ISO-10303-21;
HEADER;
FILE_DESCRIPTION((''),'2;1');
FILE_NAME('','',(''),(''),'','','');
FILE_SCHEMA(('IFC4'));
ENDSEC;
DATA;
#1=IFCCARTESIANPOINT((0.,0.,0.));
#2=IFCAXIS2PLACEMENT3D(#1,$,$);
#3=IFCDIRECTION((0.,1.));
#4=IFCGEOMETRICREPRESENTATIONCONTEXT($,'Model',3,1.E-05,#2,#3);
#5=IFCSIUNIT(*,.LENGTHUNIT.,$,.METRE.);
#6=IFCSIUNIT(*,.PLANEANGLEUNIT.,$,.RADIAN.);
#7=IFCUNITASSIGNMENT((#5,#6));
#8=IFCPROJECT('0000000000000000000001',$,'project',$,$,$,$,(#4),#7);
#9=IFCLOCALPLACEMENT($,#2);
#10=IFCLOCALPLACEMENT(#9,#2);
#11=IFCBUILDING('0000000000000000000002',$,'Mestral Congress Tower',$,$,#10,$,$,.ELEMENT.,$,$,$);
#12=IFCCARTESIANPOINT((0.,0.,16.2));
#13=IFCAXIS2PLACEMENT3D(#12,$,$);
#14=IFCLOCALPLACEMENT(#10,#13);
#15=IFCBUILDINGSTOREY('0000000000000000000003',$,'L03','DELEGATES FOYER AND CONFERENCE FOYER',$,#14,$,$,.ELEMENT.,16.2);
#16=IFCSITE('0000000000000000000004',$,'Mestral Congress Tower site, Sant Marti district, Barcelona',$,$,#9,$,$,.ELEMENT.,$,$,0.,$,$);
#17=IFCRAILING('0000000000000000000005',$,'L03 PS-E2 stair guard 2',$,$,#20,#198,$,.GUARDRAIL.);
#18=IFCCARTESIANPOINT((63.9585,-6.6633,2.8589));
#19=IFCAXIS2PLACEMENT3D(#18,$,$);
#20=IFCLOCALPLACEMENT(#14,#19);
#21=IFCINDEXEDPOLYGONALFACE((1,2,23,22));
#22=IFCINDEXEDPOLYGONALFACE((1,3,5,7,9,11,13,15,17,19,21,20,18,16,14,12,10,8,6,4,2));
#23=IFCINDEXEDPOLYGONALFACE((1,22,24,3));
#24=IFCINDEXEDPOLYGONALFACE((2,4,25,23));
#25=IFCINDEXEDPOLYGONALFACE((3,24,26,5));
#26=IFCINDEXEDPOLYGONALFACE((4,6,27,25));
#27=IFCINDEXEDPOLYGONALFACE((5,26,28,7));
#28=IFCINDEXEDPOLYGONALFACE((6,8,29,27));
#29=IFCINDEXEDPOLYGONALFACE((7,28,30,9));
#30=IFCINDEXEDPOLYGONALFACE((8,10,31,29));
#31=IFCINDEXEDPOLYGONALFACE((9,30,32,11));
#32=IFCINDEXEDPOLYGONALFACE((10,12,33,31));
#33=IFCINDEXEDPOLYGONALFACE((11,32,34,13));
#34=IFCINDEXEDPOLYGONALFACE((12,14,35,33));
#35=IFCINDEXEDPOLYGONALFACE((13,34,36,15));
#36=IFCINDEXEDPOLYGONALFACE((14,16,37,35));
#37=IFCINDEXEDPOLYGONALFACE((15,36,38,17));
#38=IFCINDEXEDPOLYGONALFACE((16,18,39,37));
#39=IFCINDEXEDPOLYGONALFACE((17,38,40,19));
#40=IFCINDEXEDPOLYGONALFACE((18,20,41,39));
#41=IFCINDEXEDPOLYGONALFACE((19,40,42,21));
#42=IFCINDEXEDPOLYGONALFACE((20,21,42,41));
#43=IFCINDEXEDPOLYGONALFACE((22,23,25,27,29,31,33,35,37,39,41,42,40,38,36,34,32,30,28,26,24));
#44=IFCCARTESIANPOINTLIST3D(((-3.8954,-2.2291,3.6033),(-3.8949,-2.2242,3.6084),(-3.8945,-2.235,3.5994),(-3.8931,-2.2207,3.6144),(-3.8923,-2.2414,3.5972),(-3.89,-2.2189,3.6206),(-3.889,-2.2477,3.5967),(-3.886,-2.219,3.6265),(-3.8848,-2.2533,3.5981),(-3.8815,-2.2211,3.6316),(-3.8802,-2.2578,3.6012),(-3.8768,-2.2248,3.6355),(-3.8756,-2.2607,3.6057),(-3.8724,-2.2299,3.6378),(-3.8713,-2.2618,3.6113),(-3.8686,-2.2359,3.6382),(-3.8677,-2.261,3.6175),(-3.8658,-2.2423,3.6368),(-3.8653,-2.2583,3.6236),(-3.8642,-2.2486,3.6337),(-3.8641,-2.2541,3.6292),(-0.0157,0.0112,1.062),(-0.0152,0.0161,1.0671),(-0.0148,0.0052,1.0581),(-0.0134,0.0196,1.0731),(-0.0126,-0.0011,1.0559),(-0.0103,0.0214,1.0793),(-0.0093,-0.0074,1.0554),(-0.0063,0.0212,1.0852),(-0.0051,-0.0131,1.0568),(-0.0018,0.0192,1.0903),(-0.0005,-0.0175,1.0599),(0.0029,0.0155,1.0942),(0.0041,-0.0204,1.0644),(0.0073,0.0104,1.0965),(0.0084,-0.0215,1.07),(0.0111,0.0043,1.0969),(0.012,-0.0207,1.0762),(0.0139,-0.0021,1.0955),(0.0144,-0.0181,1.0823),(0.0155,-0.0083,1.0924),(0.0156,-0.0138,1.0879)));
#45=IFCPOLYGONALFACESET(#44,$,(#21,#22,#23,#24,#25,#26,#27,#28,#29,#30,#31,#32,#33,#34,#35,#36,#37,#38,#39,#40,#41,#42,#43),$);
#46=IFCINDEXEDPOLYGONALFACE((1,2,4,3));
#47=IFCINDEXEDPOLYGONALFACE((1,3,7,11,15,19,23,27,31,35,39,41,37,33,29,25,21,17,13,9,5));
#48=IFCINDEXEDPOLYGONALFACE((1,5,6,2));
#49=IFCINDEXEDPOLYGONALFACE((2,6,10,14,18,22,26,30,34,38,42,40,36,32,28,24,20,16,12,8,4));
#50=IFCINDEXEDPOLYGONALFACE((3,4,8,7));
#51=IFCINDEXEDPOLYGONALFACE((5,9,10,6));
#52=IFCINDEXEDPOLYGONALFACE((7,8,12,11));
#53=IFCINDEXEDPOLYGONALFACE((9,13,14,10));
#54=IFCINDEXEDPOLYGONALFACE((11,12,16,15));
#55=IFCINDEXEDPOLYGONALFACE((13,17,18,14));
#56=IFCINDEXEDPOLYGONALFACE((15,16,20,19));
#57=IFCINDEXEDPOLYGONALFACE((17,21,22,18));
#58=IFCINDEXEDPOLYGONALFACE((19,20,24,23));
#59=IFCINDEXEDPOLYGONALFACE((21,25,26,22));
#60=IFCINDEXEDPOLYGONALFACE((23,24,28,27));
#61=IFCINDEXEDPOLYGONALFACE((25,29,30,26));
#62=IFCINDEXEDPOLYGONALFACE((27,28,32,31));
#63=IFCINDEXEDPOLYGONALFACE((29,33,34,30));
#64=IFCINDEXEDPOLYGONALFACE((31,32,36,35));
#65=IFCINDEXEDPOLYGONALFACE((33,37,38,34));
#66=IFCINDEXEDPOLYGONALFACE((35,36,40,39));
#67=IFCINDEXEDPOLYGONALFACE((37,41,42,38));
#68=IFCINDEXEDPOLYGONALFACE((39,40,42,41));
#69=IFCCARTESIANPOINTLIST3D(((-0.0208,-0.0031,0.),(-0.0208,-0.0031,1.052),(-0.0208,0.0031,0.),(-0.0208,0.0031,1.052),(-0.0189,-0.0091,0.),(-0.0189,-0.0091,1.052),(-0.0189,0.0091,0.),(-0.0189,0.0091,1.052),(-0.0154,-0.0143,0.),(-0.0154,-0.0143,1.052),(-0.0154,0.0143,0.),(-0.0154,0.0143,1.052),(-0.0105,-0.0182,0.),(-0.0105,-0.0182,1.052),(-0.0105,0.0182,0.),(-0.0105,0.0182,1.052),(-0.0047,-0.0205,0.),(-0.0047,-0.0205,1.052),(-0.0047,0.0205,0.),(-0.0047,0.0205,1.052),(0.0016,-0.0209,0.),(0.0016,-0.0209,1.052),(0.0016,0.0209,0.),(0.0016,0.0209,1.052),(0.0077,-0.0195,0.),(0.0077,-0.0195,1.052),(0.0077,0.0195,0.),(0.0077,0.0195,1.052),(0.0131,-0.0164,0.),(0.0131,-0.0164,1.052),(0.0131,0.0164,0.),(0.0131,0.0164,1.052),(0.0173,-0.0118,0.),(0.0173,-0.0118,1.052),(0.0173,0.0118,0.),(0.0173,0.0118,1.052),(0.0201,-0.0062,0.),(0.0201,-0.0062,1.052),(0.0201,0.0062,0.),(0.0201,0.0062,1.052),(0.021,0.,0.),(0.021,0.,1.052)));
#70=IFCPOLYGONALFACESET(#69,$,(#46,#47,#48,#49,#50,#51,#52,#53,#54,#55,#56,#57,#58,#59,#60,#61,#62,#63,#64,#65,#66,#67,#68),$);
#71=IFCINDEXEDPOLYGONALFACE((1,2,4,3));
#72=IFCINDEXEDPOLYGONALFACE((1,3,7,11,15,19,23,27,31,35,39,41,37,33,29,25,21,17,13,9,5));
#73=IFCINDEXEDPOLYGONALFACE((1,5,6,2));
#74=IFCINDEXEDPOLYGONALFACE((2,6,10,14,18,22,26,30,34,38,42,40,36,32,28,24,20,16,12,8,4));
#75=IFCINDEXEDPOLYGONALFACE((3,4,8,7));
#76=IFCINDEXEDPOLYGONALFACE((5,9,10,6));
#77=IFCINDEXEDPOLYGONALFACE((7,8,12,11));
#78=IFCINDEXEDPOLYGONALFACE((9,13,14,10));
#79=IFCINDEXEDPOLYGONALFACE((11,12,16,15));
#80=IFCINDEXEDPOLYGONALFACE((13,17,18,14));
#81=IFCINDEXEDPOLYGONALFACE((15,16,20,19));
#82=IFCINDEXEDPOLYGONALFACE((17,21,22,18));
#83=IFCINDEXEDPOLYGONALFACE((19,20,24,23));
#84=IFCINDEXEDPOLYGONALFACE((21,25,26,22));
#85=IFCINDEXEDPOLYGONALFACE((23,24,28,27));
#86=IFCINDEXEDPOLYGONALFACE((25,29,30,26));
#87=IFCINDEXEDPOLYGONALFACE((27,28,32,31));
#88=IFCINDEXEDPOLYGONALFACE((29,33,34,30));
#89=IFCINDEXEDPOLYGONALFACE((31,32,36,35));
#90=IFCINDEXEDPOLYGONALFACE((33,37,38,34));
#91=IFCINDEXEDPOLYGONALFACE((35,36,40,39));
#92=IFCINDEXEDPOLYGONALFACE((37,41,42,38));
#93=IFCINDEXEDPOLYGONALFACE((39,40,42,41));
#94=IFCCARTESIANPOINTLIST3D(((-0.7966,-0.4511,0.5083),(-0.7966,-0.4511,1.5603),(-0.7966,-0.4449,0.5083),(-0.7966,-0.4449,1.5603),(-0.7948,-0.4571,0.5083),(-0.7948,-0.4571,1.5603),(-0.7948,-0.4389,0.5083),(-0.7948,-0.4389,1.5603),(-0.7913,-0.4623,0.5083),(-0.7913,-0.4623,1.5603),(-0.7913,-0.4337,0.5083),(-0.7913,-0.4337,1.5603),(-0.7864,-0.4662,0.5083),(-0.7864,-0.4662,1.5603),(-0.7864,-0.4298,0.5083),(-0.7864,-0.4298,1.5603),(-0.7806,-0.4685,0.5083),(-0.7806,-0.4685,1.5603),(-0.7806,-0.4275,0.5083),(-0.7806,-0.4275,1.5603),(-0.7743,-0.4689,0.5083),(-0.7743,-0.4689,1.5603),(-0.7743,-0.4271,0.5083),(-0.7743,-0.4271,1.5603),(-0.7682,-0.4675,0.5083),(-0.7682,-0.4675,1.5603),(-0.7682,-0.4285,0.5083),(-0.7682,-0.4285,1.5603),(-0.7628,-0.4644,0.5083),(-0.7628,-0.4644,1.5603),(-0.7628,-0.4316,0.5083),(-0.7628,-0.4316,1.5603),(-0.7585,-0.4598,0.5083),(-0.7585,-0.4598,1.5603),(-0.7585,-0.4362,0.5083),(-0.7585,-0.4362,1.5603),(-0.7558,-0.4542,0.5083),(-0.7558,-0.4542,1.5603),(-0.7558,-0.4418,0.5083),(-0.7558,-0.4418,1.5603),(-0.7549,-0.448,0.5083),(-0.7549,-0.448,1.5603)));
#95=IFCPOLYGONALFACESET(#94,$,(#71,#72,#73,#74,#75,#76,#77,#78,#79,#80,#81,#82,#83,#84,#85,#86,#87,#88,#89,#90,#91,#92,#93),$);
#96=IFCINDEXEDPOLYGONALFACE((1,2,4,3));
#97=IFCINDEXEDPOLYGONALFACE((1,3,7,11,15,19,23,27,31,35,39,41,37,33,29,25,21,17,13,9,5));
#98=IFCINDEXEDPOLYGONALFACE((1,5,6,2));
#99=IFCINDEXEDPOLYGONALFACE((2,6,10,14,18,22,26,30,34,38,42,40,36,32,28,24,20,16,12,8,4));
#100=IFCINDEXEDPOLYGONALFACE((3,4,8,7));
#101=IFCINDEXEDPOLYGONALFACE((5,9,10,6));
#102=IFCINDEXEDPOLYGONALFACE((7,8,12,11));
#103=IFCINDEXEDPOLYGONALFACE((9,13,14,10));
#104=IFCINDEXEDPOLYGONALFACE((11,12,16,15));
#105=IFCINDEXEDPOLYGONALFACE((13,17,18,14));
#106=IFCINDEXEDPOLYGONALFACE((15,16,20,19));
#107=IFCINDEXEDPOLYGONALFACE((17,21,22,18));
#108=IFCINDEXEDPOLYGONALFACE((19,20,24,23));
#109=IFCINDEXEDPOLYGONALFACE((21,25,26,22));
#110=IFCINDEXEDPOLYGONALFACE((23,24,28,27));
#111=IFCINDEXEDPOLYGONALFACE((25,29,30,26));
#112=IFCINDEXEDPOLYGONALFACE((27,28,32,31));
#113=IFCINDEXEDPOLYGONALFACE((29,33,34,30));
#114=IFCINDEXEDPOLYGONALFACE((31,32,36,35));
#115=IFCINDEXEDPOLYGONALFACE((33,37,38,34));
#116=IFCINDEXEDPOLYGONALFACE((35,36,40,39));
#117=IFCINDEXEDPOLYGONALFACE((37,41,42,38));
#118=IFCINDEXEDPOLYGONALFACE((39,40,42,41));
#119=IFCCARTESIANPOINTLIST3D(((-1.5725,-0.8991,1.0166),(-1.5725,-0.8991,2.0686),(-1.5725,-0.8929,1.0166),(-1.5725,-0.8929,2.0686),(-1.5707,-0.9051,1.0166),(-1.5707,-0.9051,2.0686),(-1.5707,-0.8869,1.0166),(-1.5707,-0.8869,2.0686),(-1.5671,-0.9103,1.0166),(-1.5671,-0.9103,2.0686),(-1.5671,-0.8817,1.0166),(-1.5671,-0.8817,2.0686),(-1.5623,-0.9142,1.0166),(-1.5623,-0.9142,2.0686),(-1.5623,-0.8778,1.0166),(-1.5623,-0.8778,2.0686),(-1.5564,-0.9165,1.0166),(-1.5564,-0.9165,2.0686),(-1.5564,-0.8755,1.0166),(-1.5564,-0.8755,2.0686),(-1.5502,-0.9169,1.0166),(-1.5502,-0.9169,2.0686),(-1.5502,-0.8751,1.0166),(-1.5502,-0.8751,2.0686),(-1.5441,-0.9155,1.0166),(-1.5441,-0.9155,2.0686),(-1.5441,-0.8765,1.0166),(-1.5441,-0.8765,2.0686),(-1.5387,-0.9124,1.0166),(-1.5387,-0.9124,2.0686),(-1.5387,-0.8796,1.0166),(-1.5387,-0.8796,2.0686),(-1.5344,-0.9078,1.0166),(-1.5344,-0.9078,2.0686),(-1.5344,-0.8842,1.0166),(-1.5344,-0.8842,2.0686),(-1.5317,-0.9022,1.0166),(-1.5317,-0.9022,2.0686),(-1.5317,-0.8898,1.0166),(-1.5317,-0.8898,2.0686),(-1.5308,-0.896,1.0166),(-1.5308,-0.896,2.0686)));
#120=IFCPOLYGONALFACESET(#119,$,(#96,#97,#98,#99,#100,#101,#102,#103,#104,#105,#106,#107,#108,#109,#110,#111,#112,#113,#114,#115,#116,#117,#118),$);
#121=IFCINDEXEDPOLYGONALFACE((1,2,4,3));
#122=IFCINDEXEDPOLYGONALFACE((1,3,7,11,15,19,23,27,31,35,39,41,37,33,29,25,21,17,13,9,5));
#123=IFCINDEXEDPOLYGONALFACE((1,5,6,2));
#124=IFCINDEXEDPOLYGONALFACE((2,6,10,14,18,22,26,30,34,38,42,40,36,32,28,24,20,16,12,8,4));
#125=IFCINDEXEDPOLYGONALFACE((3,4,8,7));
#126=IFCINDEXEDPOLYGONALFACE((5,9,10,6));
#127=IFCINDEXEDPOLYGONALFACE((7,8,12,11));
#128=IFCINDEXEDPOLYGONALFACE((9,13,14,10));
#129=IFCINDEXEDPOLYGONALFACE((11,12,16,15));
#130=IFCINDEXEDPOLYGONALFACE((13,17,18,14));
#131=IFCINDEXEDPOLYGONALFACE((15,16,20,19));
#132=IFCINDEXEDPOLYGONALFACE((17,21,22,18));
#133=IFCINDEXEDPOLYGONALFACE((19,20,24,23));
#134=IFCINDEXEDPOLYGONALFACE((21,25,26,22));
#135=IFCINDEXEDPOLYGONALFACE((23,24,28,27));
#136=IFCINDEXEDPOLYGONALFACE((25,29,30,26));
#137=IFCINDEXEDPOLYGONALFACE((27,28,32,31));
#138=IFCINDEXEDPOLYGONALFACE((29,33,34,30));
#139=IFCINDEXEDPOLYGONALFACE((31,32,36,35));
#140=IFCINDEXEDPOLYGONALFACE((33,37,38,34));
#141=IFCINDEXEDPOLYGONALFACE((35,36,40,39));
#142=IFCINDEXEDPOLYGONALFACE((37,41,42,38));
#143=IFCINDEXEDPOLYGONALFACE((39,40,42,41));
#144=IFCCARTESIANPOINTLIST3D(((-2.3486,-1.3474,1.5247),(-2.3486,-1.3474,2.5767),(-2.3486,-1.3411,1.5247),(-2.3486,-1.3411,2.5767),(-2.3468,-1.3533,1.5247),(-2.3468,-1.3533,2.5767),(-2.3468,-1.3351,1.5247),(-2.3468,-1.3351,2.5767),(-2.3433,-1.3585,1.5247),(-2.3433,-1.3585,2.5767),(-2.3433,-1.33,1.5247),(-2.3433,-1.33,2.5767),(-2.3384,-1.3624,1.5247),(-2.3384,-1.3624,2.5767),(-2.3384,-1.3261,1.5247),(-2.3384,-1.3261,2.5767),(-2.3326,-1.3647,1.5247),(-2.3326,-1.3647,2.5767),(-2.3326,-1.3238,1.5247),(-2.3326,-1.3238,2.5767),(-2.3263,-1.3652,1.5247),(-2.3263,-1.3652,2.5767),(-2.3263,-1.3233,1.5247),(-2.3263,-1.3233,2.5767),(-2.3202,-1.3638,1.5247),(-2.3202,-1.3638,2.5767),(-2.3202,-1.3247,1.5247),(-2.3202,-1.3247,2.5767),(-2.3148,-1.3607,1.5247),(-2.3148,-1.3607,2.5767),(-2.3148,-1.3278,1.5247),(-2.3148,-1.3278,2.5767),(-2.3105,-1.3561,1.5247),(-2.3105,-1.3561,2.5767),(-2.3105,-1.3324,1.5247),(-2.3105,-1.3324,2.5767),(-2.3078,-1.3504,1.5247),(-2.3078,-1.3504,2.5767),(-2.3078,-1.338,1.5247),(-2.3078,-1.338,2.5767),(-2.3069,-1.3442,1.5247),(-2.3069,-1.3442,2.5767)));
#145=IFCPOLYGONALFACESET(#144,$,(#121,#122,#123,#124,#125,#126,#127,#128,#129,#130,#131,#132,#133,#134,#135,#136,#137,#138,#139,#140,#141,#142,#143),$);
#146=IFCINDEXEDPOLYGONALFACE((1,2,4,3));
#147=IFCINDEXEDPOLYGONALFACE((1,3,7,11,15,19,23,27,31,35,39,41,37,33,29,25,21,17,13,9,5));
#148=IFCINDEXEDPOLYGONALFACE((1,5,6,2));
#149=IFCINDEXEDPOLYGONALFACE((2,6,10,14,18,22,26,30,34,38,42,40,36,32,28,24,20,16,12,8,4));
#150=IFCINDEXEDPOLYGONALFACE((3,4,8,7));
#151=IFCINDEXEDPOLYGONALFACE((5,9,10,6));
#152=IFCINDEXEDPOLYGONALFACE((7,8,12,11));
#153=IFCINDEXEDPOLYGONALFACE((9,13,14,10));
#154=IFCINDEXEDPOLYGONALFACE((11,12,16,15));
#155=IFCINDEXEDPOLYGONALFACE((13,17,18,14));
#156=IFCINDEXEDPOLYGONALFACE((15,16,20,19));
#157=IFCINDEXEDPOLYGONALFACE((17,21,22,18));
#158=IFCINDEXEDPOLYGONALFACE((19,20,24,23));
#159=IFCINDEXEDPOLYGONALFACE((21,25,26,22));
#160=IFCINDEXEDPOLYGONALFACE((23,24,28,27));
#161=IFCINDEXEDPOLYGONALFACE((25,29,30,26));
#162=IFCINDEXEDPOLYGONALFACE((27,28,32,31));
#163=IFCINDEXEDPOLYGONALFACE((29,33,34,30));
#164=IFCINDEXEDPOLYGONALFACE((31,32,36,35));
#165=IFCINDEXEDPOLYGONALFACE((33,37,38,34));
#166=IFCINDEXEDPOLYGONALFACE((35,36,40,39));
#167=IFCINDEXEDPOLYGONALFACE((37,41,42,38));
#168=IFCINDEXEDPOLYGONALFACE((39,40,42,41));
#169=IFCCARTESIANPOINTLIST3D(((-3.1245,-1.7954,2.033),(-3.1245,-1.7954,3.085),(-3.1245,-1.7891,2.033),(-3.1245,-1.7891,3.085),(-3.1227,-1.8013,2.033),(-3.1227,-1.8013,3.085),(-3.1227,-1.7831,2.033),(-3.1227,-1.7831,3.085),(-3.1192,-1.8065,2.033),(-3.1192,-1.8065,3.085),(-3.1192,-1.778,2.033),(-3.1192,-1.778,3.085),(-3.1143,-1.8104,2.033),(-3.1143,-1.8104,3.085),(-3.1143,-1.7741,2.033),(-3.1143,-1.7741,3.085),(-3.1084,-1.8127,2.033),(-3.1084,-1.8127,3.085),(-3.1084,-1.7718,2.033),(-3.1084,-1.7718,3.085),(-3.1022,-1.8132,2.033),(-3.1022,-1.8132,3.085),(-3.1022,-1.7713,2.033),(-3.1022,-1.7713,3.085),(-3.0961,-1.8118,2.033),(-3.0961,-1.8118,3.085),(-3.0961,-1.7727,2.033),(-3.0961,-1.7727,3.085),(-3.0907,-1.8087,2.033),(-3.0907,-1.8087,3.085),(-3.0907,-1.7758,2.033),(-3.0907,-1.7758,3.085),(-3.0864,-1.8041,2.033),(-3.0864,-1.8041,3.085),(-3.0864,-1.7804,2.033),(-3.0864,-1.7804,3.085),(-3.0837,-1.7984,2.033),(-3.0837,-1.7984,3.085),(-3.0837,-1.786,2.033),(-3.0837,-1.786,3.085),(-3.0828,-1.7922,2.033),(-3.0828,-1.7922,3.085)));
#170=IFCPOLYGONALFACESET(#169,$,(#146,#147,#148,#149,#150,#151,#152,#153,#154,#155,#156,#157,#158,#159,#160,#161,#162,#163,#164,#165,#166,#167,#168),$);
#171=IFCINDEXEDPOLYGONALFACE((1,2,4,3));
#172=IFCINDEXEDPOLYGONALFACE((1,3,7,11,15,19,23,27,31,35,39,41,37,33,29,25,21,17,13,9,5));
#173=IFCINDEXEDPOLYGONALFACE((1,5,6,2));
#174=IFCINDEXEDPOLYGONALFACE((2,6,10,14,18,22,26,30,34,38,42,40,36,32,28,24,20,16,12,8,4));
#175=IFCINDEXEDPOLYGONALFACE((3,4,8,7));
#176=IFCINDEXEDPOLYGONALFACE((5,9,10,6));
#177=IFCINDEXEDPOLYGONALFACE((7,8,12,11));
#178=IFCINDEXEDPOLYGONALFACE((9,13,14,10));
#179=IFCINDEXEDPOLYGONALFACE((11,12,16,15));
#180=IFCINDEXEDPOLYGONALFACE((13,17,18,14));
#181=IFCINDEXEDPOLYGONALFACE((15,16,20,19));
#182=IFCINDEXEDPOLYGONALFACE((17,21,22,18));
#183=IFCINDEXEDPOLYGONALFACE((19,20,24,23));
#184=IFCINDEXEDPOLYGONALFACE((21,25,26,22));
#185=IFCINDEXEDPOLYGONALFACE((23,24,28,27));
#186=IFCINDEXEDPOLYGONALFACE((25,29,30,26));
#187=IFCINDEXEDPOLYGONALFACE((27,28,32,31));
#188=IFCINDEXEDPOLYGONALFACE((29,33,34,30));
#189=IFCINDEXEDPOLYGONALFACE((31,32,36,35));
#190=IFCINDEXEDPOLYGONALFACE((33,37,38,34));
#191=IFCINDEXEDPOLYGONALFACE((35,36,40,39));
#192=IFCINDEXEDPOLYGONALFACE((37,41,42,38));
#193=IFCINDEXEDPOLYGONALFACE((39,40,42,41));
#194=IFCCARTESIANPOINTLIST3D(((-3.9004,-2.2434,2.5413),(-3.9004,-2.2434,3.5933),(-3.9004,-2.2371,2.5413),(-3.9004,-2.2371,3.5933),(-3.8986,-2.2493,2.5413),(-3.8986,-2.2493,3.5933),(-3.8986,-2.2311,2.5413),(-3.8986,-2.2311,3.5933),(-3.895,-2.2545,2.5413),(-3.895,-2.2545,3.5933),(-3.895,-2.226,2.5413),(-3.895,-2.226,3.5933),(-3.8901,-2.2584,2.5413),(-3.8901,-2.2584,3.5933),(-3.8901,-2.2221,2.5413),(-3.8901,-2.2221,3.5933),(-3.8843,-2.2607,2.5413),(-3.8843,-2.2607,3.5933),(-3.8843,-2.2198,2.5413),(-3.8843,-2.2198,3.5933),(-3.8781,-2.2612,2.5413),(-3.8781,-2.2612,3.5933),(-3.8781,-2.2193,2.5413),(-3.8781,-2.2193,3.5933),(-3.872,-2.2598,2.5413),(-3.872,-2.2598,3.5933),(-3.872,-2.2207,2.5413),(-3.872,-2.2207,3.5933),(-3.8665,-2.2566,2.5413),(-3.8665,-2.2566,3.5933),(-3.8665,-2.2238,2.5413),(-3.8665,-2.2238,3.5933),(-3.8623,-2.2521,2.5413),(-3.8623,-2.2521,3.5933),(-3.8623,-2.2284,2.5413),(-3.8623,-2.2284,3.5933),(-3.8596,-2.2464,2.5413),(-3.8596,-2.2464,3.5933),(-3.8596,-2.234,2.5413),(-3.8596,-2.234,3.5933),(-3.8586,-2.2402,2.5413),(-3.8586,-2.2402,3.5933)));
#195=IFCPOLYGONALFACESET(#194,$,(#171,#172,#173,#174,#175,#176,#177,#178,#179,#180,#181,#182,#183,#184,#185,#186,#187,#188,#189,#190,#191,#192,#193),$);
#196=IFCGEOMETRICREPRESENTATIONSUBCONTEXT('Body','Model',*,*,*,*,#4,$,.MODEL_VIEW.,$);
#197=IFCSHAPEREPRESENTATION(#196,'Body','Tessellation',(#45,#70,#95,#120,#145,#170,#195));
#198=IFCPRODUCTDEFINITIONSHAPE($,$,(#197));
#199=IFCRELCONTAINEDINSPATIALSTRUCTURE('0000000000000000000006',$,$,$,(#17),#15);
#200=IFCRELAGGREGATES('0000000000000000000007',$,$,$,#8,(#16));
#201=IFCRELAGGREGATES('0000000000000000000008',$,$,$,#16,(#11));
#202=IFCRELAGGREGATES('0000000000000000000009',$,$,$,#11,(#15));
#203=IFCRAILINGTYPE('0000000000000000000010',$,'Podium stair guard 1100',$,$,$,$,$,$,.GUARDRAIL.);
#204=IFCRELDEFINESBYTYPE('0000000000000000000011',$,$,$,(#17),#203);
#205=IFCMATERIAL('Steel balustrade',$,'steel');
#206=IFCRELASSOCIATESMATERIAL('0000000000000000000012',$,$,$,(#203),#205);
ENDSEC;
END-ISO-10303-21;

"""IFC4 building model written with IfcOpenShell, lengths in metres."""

from ifc_helpers import new_model, si_unit, direction, frame, origin, origin_2d, place, context, subcontext, project, spatial, circle, extrude, material, type_object, element, save


model = new_model("IFC4")

# Units and contexts
model_context = context("Model", 3, precision=1e-05, world=origin(), true_north=direction((0.0, 1.0)))
body_context = subcontext(model_context, "Body", "Model", "MODEL_VIEW")
ifc_project = project(units=[si_unit("LENGTHUNIT", "METRE"), si_unit("PLANEANGLEUNIT", "RADIAN")], contexts=[model_context])

# Site, building, storey
site_placement = place(None, origin())
site = spatial("IfcSite", under=ifc_project, at=site_placement, Name="Mestral Congress Tower site, Sant Marti district, Barcelona", CompositionType="ELEMENT", RefElevation=0.0)
building_placement = place(site_placement, origin())
building = spatial("IfcBuilding", under=site, at=building_placement, Name="Mestral Congress Tower", CompositionType="ELEMENT")
storey_placement = place(building_placement, frame((0.0, 0.0, 16.2)))
storey = spatial("IfcBuildingStorey", under=building, at=storey_placement, Name="L03", Description="DELEGATES FOYER AND CONFERENCE FOYER", CompositionType="ELEMENT", Elevation=16.2)

# Railing
ifc_material_1 = material(Name="Steel balustrade", Category="steel")
railing_type_1 = type_object("IfcRailingType", Name="Podium stair guard 1100", PredefinedType="GUARDRAIL", material=ifc_material_1)
railing_1_placement = place(storey_placement, frame((63.9585, -6.6633, 2.8589)))
element("IfcRailing", 1, at=railing_1_placement, inside=storey, type_object=railing_type_1, Name="L03 PS-E2 stair guard 2", PredefinedType="GUARDRAIL", context=body_context, shape_type="SweptSolid", body=[
    extrude(circle(Radius=0.0239, at=origin_2d()), frame((0.0, 0.0, 1.0762), z_axis=(-0.753246, -0.43495, 0.493395), x_axis=(0.500054, -0.865994, 0.0)), (0.0, 0.0, 1.0), 5.1506),
    extrude(circle(Radius=0.021, at=origin_2d()), origin(), (0.0, 0.0, 1.0), 1.052),
    extrude(circle(Radius=0.021, at=origin_2d()), frame((-0.7759, -0.448, 0.5083)), (0.0, 0.0, 1.0), 1.052),
    extrude(circle(Radius=0.021, at=origin_2d()), frame((-1.5518, -0.896, 1.0166)), (0.0, 0.0, 1.0), 1.052),
    extrude(circle(Radius=0.021, at=origin_2d()), frame((-2.3279, -1.3442, 1.5247)), (0.0, 0.0, 1.0), 1.052),
    extrude(circle(Radius=0.021, at=origin_2d()), frame((-3.1038, -1.7922, 2.033)), (0.0, 0.0, 1.0), 1.052),
    extrude(circle(Radius=0.021, at=origin_2d()), frame((-3.8796, -2.2402, 2.5413)), (0.0, 0.0, 1.0), 1.052),
])

save(model, "model.ifc")
